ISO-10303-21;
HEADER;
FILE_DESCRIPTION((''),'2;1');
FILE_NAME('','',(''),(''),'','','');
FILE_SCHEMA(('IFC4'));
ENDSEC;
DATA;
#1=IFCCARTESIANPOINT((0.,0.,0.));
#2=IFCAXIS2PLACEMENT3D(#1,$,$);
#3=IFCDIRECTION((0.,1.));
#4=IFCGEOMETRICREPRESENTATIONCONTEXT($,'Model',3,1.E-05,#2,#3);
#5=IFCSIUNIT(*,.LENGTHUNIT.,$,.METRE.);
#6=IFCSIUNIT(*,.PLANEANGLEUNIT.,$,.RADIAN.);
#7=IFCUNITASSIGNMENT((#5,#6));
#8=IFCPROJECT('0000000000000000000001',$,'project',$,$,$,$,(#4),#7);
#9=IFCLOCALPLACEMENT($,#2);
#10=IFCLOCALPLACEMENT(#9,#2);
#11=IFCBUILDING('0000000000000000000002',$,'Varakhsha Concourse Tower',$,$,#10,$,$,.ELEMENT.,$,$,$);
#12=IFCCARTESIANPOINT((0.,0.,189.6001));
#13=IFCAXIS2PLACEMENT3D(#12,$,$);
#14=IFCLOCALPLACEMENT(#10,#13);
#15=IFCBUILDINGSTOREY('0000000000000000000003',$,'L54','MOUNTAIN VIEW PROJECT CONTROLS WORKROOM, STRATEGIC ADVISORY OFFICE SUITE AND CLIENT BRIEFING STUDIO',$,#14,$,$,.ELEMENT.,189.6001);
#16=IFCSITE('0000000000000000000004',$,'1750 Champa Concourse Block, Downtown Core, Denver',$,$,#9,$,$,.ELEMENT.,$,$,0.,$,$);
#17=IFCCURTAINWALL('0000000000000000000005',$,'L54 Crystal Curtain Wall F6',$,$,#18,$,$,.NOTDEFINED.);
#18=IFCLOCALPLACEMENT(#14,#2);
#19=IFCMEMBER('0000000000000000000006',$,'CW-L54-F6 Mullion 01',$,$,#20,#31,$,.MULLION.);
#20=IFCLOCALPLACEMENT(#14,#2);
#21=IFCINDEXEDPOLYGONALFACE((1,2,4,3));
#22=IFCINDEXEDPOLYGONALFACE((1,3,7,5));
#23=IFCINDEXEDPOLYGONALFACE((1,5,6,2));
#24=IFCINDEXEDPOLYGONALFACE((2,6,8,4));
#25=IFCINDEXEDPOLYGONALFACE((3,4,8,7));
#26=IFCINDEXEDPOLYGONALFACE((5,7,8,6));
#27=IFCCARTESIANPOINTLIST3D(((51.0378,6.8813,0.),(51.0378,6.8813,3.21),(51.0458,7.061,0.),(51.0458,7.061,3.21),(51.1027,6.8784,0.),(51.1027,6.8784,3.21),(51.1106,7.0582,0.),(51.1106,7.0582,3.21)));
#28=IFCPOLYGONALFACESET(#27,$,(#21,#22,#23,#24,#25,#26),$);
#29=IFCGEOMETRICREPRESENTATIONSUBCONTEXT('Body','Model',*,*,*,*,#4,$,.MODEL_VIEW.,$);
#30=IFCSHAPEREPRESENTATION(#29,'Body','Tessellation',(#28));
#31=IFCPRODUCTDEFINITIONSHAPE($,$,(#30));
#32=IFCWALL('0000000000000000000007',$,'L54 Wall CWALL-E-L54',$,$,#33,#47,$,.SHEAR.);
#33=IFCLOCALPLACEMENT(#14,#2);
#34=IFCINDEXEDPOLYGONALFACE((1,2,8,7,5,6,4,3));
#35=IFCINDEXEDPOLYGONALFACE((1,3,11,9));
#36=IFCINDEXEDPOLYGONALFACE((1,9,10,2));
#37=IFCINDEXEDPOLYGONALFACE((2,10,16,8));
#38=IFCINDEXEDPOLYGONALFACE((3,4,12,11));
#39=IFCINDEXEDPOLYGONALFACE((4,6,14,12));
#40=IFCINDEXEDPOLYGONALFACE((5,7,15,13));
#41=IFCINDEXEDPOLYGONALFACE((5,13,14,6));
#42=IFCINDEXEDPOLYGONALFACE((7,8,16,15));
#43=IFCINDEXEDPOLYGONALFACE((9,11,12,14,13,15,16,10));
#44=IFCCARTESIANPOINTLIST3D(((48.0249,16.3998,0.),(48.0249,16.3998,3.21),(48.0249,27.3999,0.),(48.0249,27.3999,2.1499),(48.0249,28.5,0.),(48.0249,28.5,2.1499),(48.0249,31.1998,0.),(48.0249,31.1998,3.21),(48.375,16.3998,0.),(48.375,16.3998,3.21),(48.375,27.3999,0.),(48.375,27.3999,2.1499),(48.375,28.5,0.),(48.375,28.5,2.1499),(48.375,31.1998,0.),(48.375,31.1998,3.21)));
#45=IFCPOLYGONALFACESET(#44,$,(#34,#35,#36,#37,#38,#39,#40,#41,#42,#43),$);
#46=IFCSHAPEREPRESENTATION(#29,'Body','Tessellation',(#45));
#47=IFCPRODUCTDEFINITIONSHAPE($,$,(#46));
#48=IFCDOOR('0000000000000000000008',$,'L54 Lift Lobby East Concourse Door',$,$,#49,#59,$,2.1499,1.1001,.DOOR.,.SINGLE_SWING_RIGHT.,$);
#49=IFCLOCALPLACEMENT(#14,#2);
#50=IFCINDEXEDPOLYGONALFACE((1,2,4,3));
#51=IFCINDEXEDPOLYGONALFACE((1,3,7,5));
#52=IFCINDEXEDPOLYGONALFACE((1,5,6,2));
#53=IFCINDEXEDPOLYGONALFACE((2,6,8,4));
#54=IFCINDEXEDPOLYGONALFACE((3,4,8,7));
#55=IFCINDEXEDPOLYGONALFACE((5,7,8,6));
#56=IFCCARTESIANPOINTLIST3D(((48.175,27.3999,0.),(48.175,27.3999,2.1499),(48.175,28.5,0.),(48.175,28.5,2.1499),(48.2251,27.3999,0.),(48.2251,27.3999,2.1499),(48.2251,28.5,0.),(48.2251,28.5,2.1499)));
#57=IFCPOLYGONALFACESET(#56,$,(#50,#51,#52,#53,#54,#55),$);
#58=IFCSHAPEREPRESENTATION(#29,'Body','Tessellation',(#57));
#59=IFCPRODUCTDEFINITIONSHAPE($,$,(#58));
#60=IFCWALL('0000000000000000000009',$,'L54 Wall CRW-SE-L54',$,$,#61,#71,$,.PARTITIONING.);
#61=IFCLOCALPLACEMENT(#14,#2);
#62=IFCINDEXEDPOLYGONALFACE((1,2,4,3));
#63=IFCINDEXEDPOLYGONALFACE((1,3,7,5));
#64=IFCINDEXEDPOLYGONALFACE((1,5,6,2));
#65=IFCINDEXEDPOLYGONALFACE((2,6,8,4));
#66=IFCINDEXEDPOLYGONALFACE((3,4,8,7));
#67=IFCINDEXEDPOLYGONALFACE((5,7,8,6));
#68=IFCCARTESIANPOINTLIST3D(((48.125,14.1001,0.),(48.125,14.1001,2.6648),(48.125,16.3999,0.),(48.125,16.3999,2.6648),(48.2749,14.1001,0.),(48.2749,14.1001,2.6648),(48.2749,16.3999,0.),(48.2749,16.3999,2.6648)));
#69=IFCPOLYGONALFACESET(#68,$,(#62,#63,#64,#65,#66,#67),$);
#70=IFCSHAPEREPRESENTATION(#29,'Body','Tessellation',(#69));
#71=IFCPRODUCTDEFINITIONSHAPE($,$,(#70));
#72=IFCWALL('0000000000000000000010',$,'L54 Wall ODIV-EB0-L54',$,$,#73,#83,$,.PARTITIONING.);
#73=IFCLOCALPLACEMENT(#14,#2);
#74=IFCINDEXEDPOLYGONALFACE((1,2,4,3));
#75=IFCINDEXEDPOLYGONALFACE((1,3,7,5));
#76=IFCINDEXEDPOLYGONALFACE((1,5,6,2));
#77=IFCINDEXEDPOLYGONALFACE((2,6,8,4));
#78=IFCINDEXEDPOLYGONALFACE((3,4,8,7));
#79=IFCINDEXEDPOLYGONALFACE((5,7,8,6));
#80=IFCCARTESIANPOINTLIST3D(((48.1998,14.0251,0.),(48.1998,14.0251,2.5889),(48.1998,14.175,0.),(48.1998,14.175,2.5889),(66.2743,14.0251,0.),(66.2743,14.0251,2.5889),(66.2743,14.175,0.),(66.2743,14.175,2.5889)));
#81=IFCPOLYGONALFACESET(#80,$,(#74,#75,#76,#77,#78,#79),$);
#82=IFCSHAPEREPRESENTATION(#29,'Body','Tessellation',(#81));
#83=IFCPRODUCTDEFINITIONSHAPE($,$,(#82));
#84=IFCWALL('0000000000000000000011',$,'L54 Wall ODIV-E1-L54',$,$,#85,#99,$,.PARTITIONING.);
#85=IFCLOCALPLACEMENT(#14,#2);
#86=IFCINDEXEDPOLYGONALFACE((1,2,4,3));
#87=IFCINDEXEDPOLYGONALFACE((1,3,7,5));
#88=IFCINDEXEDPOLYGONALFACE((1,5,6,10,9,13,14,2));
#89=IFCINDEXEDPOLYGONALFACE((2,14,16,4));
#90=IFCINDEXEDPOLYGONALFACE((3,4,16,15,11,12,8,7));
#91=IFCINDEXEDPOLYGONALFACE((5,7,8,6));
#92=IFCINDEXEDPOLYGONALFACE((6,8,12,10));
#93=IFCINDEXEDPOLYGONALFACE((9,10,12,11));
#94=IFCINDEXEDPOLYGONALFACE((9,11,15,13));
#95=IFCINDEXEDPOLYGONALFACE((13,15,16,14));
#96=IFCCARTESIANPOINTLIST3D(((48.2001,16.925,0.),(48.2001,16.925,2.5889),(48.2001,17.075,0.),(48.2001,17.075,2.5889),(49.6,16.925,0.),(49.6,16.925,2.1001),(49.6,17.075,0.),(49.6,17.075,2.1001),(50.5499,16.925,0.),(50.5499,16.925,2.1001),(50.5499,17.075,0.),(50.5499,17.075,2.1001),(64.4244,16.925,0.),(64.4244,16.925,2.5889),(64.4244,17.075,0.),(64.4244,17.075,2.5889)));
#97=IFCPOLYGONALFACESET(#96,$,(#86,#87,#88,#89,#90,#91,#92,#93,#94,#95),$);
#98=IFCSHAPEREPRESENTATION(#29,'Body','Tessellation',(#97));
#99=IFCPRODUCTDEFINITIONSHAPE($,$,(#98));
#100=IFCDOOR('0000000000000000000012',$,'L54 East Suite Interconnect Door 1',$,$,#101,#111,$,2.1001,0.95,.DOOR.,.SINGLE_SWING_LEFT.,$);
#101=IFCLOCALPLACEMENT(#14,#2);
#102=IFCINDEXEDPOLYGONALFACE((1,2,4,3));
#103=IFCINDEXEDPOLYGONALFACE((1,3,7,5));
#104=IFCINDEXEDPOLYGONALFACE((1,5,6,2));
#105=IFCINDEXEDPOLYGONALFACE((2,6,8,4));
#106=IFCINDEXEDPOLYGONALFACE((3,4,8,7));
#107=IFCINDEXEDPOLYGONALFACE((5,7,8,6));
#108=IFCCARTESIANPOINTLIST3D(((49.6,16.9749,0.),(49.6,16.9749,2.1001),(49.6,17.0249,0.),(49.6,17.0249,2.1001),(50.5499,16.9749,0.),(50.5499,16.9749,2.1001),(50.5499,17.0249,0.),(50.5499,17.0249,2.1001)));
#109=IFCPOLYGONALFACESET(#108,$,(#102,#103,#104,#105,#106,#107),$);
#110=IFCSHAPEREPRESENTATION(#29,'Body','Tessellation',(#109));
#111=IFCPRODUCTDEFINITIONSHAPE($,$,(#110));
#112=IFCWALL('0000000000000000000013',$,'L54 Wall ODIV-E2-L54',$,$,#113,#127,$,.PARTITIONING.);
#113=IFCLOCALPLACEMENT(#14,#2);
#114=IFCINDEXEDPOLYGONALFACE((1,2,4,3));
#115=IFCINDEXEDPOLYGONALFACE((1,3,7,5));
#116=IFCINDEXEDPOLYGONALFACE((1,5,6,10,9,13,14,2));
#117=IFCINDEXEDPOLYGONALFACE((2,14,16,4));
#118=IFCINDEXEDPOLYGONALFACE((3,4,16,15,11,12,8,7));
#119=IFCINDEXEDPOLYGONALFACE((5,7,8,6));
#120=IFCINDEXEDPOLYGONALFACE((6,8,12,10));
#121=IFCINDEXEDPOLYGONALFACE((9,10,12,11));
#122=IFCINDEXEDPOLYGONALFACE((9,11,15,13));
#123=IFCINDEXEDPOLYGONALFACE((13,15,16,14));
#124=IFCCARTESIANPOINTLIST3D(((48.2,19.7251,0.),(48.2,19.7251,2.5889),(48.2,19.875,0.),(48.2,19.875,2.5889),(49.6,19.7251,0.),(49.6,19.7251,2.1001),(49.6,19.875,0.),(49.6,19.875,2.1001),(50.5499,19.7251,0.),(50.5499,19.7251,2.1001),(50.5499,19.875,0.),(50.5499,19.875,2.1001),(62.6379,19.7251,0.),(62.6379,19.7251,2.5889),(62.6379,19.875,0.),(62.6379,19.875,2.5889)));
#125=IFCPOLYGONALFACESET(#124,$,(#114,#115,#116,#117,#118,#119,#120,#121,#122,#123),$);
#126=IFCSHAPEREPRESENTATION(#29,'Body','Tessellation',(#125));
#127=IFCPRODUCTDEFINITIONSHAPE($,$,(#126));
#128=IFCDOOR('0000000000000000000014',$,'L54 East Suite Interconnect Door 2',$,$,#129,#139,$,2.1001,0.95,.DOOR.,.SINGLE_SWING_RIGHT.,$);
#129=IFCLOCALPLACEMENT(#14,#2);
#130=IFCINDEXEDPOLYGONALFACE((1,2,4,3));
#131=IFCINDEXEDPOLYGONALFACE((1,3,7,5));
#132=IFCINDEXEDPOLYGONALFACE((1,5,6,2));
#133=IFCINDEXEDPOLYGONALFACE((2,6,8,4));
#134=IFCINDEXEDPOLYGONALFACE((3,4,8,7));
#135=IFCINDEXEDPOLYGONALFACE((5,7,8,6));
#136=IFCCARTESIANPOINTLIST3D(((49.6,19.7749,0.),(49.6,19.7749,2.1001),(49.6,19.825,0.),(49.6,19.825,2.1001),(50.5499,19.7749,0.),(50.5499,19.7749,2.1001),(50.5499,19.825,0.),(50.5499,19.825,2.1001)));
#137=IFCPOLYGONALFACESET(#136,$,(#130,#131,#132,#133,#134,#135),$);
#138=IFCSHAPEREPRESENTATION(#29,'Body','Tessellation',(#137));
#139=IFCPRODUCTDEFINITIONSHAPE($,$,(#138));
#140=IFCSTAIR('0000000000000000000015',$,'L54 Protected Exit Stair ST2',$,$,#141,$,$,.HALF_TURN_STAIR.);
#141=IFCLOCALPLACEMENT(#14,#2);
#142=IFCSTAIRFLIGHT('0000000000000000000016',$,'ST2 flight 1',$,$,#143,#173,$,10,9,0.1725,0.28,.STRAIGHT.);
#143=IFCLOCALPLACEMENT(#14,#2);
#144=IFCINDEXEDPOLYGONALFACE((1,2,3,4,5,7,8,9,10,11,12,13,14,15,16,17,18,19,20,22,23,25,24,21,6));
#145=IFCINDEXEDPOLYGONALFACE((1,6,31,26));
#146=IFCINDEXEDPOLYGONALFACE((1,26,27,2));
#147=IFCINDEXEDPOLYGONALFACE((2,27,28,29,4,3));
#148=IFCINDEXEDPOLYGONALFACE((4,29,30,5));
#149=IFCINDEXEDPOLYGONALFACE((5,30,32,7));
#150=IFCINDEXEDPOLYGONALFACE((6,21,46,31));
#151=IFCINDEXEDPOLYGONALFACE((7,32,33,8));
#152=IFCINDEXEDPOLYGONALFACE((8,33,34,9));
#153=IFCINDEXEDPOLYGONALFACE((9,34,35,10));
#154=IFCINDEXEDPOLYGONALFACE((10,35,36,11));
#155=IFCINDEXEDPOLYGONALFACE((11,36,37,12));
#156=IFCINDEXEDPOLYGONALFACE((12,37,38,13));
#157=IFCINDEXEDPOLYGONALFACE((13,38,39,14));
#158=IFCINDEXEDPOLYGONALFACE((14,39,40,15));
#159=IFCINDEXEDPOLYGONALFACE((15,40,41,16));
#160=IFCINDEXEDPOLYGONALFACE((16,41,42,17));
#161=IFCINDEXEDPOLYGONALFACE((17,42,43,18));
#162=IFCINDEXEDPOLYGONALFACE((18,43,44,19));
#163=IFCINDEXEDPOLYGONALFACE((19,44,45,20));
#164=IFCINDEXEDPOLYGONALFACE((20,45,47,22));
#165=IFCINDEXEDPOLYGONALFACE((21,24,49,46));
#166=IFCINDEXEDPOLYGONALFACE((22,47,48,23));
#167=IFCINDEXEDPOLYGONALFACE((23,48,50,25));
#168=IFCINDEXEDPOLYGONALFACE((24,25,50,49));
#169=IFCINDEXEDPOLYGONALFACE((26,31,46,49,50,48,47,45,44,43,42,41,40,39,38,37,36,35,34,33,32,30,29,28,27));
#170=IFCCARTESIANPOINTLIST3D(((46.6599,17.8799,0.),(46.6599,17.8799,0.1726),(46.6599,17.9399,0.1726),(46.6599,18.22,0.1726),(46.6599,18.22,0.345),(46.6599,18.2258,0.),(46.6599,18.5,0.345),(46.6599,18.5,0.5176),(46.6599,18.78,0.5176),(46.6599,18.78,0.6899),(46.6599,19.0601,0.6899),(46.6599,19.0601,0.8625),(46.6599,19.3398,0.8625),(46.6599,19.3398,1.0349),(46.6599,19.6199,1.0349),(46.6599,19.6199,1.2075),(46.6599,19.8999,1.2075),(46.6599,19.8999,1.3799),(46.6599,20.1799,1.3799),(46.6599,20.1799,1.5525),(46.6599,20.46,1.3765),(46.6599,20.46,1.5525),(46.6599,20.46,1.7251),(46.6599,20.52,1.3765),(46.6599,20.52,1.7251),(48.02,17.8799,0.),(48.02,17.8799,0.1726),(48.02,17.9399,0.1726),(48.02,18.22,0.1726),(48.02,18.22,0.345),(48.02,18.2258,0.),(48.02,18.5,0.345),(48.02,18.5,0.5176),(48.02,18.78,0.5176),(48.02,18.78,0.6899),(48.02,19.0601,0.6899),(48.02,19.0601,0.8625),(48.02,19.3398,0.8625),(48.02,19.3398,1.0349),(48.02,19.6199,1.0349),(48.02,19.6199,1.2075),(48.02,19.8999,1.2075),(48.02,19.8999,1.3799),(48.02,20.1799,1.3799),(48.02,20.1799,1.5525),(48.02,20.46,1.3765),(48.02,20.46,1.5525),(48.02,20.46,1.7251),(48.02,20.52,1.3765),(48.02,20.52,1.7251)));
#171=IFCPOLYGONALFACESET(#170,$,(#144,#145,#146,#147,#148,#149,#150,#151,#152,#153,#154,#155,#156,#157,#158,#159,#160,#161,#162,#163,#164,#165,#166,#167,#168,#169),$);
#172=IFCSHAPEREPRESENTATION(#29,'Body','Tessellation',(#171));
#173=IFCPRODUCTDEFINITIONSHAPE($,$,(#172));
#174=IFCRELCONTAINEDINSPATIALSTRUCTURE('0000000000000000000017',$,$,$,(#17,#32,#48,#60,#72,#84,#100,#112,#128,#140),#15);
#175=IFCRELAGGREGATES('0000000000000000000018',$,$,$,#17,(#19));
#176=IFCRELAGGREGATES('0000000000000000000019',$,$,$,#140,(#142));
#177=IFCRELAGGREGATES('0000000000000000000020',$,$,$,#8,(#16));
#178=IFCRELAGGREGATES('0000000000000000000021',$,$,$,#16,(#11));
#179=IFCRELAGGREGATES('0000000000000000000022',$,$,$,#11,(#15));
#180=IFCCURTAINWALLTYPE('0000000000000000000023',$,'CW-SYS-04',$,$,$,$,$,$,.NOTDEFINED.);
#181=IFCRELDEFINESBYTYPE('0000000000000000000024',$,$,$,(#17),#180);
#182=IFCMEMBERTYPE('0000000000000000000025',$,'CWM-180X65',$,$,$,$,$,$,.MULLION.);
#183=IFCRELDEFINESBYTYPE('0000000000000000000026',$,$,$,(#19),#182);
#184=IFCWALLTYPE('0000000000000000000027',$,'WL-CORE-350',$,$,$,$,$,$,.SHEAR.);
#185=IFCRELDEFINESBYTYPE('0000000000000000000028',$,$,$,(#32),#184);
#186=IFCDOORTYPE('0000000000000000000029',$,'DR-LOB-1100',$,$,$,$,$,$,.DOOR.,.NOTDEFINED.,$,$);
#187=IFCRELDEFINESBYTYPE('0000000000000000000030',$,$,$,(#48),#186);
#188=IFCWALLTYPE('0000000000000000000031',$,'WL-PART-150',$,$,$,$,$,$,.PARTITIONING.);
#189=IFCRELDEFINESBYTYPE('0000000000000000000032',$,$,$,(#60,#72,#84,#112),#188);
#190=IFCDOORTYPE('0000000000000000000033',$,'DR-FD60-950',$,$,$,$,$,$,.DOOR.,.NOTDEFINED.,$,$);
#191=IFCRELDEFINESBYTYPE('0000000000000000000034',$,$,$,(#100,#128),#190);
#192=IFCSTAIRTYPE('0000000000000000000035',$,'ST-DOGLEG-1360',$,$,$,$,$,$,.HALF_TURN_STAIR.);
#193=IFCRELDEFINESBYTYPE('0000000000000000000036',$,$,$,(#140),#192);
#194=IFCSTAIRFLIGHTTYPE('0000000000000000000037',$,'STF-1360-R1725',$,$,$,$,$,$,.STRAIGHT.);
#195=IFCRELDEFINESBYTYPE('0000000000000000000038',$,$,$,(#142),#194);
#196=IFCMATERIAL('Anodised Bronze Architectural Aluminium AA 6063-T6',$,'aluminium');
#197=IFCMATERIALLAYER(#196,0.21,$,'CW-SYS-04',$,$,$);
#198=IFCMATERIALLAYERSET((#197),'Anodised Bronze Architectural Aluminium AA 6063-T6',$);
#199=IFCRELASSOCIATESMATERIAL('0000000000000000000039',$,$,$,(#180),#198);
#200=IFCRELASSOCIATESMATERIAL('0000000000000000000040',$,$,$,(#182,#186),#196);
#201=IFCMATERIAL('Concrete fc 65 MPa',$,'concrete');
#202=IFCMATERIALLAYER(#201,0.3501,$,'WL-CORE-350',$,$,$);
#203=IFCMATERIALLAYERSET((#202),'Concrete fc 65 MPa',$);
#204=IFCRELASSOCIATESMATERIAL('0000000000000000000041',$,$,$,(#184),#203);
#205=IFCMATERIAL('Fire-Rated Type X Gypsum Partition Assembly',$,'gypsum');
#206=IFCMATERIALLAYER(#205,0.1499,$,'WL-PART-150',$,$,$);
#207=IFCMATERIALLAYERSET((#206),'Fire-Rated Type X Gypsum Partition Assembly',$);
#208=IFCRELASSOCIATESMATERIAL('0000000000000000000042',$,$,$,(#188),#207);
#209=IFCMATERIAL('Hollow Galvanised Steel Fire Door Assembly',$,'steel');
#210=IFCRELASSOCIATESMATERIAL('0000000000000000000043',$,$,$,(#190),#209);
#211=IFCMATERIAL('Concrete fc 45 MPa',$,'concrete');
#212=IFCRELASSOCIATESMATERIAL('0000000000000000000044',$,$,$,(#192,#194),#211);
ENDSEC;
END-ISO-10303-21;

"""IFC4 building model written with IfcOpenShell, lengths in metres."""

from ifc_helpers import new_model, si_unit, direction, frame, frame_2d, origin, origin_2d, place, context, subcontext, project, spatial, polyline, rectangle, outline, extrude, source, transform, mapped, material, layer, layer_set, material_profile, profile_set, type_object, type_shapes, element, fill, aggregate, save


model = new_model("IFC4")

# Units and contexts
model_context = context("Model", 3, precision=1e-05, world=origin(), true_north=direction((0.0, 1.0)))
body_context = subcontext(model_context, "Body", "Model", "MODEL_VIEW")
ifc_project = project(units=[si_unit("LENGTHUNIT", "METRE"), si_unit("PLANEANGLEUNIT", "RADIAN")], contexts=[model_context])

# Site, building, storey
site_placement = place(None, origin())
site = spatial("IfcSite", under=ifc_project, at=site_placement, Name="1750 Champa Concourse Block, Downtown Core, Denver", CompositionType="ELEMENT", RefElevation=0.0)
building_placement = place(site_placement, origin())
building = spatial("IfcBuilding", under=site, at=building_placement, Name="Varakhsha Concourse Tower", CompositionType="ELEMENT")
storey_placement = place(building_placement, frame((0.0, 0.0, 189.6001)))
storey = spatial("IfcBuildingStorey", under=building, at=storey_placement, Name="L54", Description="MOUNTAIN VIEW PROJECT CONTROLS WORKROOM, STRATEGIC ADVISORY OFFICE SUITE AND CLIENT BRIEFING STUDIO", CompositionType="ELEMENT", Elevation=189.6001)

# Shared definitions
ifc_material_1 = material(Name="Concrete fc 65 MPa", Category="concrete")

# Curtain wall, member
ifc_material_2 = material(Name="Anodised Bronze Architectural Aluminium AA 6063-T6", Category="aluminium")
ifc_layer_1 = layer(ifc_material_2, 0.21, Name="CW-SYS-04")
ifc_layer_set_1 = layer_set([ifc_layer_1], Name="Anodised Bronze Architectural Aluminium AA 6063-T6")
curtain_wall_type = type_object("IfcCurtainWallType", Name="CW-SYS-04", PredefinedType="NOTDEFINED", material=ifc_layer_set_1)
curtain_wall_placement = place(storey_placement, origin())
curtain_wall = element("IfcCurtainWall", 1, at=curtain_wall_placement, inside=storey, type_object=curtain_wall_type, Name="L54 Crystal Curtain Wall F6", PredefinedType="NOTDEFINED")
ifc_material_profile_1 = material_profile(ifc_material_2, rectangle(XDim=0.0649, YDim=0.1799, at=origin_2d()), Name="CWM-180X65")
ifc_profile_set_1 = profile_set([ifc_material_profile_1], Name="Anodised Bronze Architectural Aluminium AA 6063-T6")
member_type = type_object("IfcMemberType", Name="CWM-180X65", PredefinedType="MULLION", material=ifc_profile_set_1)
shared_shape = source(origin(), body_context, "Body", "SweptSolid", [
    extrude(rectangle(XDim=0.0649, YDim=0.1799, at=origin_2d()), origin(), (0.0, 0.0, 1.0), 3.21),
])
type_shapes(member_type, [shared_shape])
member_placement = place(storey_placement, frame((51.0742, 6.9697, 0.0), z_axis=(0.0, 0.0, 1.0), x_axis=(-0.999019, 0.044285, 0.0)))
member = element("IfcMember", 2, at=member_placement, type_object=member_type, Name="CW-L54-F6 Mullion 01", PredefinedType="MULLION", context=body_context, shape_type="MappedRepresentation", body=[
    mapped(shared_shape, transform((0.0, 0.0, 0.0), scale=1.0)),
])
aggregate(curtain_wall, [member])

# Wall, opening, door
ifc_layer_2 = layer(ifc_material_1, 0.3501, Name="WL-CORE-350")
ifc_layer_set_2 = layer_set([ifc_layer_2], Name="Concrete fc 65 MPa")
wall_type_1 = type_object("IfcWallType", Name="WL-CORE-350", PredefinedType="SHEAR", material=ifc_layer_set_2)
wall_1_placement = place(storey_placement, frame((48.2, 16.3999, 0.0), z_axis=(0.0, 0.0, 1.0), x_axis=(0.0, 1.0, 0.0)))
wall_1 = element("IfcWall", 3, at=wall_1_placement, inside=storey, type_object=wall_type_1, Name="L54 Wall CWALL-E-L54", PredefinedType="SHEAR", context=body_context, shape_type="SweptSolid", body=[
    extrude(rectangle(XDim=14.8, YDim=0.3501, at=frame_2d((7.3999, 0.0))), origin(), (0.0, 0.0, 1.0), 3.21),
])
opening_1_placement = place(wall_1_placement, frame((11.0, 0.0, 0.0)))
opening_1 = element("IfcOpeningElement", 4, at=opening_1_placement, cuts=wall_1, PredefinedType="OPENING", context=body_context, shape_type="SweptSolid", body=[
    extrude(rectangle(XDim=1.1001, YDim=2.1499, at=frame_2d((0.55, 1.075))), frame((0.0, 0.1851, 0.0), z_axis=(0.0, -1.0, 0.0), x_axis=(1.0, 0.0, 0.0)), (0.0, 0.0, 1.0), 0.3701),
])
door_type_1 = type_object("IfcDoorType", Name="DR-LOB-1100", OperationType="NOTDEFINED", PredefinedType="DOOR", material=ifc_material_2)
door_1_placement = place(opening_1_placement, origin())
door_1 = element("IfcDoor", 5, at=door_1_placement, inside=storey, type_object=door_type_1, Name="L54 Lift Lobby East Concourse Door", OperationType="SINGLE_SWING_RIGHT", OverallHeight=2.1499, OverallWidth=1.1001, PredefinedType="DOOR", context=body_context, shape_type="SweptSolid", body=[
    extrude(rectangle(XDim=1.1001, YDim=2.1499, at=frame_2d((0.55, 1.075))), frame((0.0, 0.0249, 0.0), z_axis=(0.0, -1.0, 0.0), x_axis=(1.0, 0.0, 0.0)), (0.0, 0.0, 1.0), 0.05),
])
fill(opening_1, door_1)

# Walls
ifc_material_3 = material(Name="Fire-Rated Type X Gypsum Partition Assembly", Category="gypsum")
ifc_layer_3 = layer(ifc_material_3, 0.1499, Name="WL-PART-150")
ifc_layer_set_3 = layer_set([ifc_layer_3], Name="Fire-Rated Type X Gypsum Partition Assembly")
wall_type_2 = type_object("IfcWallType", Name="WL-PART-150", PredefinedType="PARTITIONING", material=ifc_layer_set_3)
wall_2_placement = place(storey_placement, frame((48.2, 14.1001, 0.0), z_axis=(0.0, 0.0, 1.0), x_axis=(0.0, 1.0, 0.0)))
element("IfcWall", 6, at=wall_2_placement, inside=storey, type_object=wall_type_2, Name="L54 Wall CRW-SE-L54", PredefinedType="PARTITIONING", context=body_context, shape_type="SweptSolid", body=[
    extrude(rectangle(XDim=2.2998, YDim=0.1499, at=frame_2d((1.1499, 0.0))), origin(), (0.0, 0.0, 1.0), 2.6648),
])
wall_3_placement = place(storey_placement, frame((48.2, 14.1001, 0.0), z_axis=(0.0, 0.0, 1.0), x_axis=(1.0, 0.0, 0.0)))
element("IfcWall", 7, at=wall_3_placement, inside=storey, type_object=wall_type_2, Name="L54 Wall ODIV-EB0-L54", PredefinedType="PARTITIONING", context=body_context, shape_type="SweptSolid", body=[
    extrude(rectangle(XDim=18.0745, YDim=0.1499, at=frame_2d((9.0371, 0.0))), origin(), (0.0, 0.0, 1.0), 2.5889),
])

# Walls, openings, doors
wall_4_placement = place(storey_placement, frame((48.2, 17.0, 0.0), z_axis=(0.0, 0.0, 1.0), x_axis=(1.0, 0.0, 0.0)))
wall_4 = element("IfcWall", 8, at=wall_4_placement, inside=storey, type_object=wall_type_2, Name="L54 Wall ODIV-E1-L54", PredefinedType="PARTITIONING", context=body_context, shape_type="SweptSolid", body=[
    extrude(rectangle(XDim=16.2244, YDim=0.1499, at=frame_2d((8.1123, 0.0))), origin(), (0.0, 0.0, 1.0), 2.5889),
])
opening_2_placement = place(wall_4_placement, frame((1.3999, 0.0, 0.0)))
opening_2 = element("IfcOpeningElement", 9, at=opening_2_placement, cuts=wall_4, PredefinedType="OPENING", context=body_context, shape_type="SweptSolid", body=[
    extrude(rectangle(XDim=0.95, YDim=2.1001, at=frame_2d((0.4751, 1.05))), frame((0.0, 0.085, 0.0), z_axis=(0.0, -1.0, 0.0), x_axis=(1.0, 0.0, 0.0)), (0.0, 0.0, 1.0), 0.1699),
])
ifc_material_4 = material(Name="Hollow Galvanised Steel Fire Door Assembly", Category="steel")
door_type_2 = type_object("IfcDoorType", Name="DR-FD60-950", OperationType="NOTDEFINED", PredefinedType="DOOR", material=ifc_material_4)
door_2_placement = place(opening_2_placement, origin())
door_2 = element("IfcDoor", 10, at=door_2_placement, inside=storey, type_object=door_type_2, Name="L54 East Suite Interconnect Door 1", OperationType="SINGLE_SWING_LEFT", OverallHeight=2.1001, OverallWidth=0.95, PredefinedType="DOOR", context=body_context, shape_type="SweptSolid", body=[
    extrude(rectangle(XDim=0.95, YDim=2.1001, at=frame_2d((0.4751, 1.05))), frame((0.0, 0.0249, 0.0), z_axis=(0.0, -1.0, 0.0), x_axis=(1.0, 0.0, 0.0)), (0.0, 0.0, 1.0), 0.05),
])
fill(opening_2, door_2)
wall_5_placement = place(storey_placement, frame((48.2, 19.8, 0.0), z_axis=(0.0, 0.0, 1.0), x_axis=(1.0, 0.0, 0.0)))
wall_5 = element("IfcWall", 11, at=wall_5_placement, inside=storey, type_object=wall_type_2, Name="L54 Wall ODIV-E2-L54", PredefinedType="PARTITIONING", context=body_context, shape_type="SweptSolid", body=[
    extrude(rectangle(XDim=14.438, YDim=0.1499, at=frame_2d((7.219, 0.0))), origin(), (0.0, 0.0, 1.0), 2.5889),
])
opening_3_placement = place(wall_5_placement, frame((1.3999, 0.0, 0.0)))
opening_3 = element("IfcOpeningElement", 12, at=opening_3_placement, cuts=wall_5, PredefinedType="OPENING", context=body_context, shape_type="SweptSolid", body=[
    extrude(rectangle(XDim=0.95, YDim=2.1001, at=frame_2d((0.4751, 1.05))), frame((0.0, 0.085, 0.0), z_axis=(0.0, -1.0, 0.0), x_axis=(1.0, 0.0, 0.0)), (0.0, 0.0, 1.0), 0.1699),
])
door_3_placement = place(opening_3_placement, origin())
door_3 = element("IfcDoor", 13, at=door_3_placement, inside=storey, type_object=door_type_2, Name="L54 East Suite Interconnect Door 2", OperationType="SINGLE_SWING_RIGHT", OverallHeight=2.1001, OverallWidth=0.95, PredefinedType="DOOR", context=body_context, shape_type="SweptSolid", body=[
    extrude(rectangle(XDim=0.95, YDim=2.1001, at=frame_2d((0.4751, 1.05))), frame((0.0, 0.0249, 0.0), z_axis=(0.0, -1.0, 0.0), x_axis=(1.0, 0.0, 0.0)), (0.0, 0.0, 1.0), 0.05),
])
fill(opening_3, door_3)

# Stair, stair flight
ifc_material_5 = material(Name="Concrete fc 45 MPa", Category="concrete")
stair_type = type_object("IfcStairType", Name="ST-DOGLEG-1360", PredefinedType="HALF_TURN_STAIR", material=ifc_material_5)
stair_placement = place(storey_placement, origin())
stair = element("IfcStair", 14, at=stair_placement, inside=storey, type_object=stair_type, Name="L54 Protected Exit Stair ST2", PredefinedType="HALF_TURN_STAIR")
stair_flight_type = type_object("IfcStairFlightType", Name="STF-1360-R1725", PredefinedType="STRAIGHT", material=ifc_material_5)
stair_flight_placement = place(storey_placement, frame((47.3401, 17.9399, 0.0), z_axis=(0.0, 0.0, 1.0), x_axis=(0.0, 1.0, 0.0)))
stair_flight = element("IfcStairFlight", 15, at=stair_flight_placement, type_object=stair_flight_type, Name="ST2 flight 1", NumberOfRisers=10, NumberOfTreads=9, PredefinedType="STRAIGHT", RiserHeight=0.1725, TreadLength=0.28, context=body_context, shape_type="SweptSolid", body=[
    extrude(outline(polyline([(-0.0601, 0.0), (-0.0601, 0.1726), (0.0, 0.1726), (0.28, 0.1726), (0.28, 0.345), (0.5601, 0.345), (0.5601, 0.5176), (0.8401, 0.5176), (0.8401, 0.6899), (1.1201, 0.6899), (1.1201, 0.8625), (1.3999, 0.8625), (1.3999, 1.0349), (1.6799, 1.0349), (1.6799, 1.2075), (1.96, 1.2075), (1.96, 1.3799), (2.24, 1.3799), (2.24, 1.5525), (2.52, 1.5525), (2.52, 1.7251), (2.5801, 1.7251), (2.5801, 1.3765), (2.52, 1.3765), (0.2859, 0.0), (-0.0601, 0.0)])), frame((0.0, 0.6802, 0.0), z_axis=(0.0, -1.0, 0.0), x_axis=(1.0, 0.0, 0.0)), (0.0, 0.0, 1.0), 1.3601),
])
aggregate(stair, [stair_flight])

save(model, "model.ifc")
